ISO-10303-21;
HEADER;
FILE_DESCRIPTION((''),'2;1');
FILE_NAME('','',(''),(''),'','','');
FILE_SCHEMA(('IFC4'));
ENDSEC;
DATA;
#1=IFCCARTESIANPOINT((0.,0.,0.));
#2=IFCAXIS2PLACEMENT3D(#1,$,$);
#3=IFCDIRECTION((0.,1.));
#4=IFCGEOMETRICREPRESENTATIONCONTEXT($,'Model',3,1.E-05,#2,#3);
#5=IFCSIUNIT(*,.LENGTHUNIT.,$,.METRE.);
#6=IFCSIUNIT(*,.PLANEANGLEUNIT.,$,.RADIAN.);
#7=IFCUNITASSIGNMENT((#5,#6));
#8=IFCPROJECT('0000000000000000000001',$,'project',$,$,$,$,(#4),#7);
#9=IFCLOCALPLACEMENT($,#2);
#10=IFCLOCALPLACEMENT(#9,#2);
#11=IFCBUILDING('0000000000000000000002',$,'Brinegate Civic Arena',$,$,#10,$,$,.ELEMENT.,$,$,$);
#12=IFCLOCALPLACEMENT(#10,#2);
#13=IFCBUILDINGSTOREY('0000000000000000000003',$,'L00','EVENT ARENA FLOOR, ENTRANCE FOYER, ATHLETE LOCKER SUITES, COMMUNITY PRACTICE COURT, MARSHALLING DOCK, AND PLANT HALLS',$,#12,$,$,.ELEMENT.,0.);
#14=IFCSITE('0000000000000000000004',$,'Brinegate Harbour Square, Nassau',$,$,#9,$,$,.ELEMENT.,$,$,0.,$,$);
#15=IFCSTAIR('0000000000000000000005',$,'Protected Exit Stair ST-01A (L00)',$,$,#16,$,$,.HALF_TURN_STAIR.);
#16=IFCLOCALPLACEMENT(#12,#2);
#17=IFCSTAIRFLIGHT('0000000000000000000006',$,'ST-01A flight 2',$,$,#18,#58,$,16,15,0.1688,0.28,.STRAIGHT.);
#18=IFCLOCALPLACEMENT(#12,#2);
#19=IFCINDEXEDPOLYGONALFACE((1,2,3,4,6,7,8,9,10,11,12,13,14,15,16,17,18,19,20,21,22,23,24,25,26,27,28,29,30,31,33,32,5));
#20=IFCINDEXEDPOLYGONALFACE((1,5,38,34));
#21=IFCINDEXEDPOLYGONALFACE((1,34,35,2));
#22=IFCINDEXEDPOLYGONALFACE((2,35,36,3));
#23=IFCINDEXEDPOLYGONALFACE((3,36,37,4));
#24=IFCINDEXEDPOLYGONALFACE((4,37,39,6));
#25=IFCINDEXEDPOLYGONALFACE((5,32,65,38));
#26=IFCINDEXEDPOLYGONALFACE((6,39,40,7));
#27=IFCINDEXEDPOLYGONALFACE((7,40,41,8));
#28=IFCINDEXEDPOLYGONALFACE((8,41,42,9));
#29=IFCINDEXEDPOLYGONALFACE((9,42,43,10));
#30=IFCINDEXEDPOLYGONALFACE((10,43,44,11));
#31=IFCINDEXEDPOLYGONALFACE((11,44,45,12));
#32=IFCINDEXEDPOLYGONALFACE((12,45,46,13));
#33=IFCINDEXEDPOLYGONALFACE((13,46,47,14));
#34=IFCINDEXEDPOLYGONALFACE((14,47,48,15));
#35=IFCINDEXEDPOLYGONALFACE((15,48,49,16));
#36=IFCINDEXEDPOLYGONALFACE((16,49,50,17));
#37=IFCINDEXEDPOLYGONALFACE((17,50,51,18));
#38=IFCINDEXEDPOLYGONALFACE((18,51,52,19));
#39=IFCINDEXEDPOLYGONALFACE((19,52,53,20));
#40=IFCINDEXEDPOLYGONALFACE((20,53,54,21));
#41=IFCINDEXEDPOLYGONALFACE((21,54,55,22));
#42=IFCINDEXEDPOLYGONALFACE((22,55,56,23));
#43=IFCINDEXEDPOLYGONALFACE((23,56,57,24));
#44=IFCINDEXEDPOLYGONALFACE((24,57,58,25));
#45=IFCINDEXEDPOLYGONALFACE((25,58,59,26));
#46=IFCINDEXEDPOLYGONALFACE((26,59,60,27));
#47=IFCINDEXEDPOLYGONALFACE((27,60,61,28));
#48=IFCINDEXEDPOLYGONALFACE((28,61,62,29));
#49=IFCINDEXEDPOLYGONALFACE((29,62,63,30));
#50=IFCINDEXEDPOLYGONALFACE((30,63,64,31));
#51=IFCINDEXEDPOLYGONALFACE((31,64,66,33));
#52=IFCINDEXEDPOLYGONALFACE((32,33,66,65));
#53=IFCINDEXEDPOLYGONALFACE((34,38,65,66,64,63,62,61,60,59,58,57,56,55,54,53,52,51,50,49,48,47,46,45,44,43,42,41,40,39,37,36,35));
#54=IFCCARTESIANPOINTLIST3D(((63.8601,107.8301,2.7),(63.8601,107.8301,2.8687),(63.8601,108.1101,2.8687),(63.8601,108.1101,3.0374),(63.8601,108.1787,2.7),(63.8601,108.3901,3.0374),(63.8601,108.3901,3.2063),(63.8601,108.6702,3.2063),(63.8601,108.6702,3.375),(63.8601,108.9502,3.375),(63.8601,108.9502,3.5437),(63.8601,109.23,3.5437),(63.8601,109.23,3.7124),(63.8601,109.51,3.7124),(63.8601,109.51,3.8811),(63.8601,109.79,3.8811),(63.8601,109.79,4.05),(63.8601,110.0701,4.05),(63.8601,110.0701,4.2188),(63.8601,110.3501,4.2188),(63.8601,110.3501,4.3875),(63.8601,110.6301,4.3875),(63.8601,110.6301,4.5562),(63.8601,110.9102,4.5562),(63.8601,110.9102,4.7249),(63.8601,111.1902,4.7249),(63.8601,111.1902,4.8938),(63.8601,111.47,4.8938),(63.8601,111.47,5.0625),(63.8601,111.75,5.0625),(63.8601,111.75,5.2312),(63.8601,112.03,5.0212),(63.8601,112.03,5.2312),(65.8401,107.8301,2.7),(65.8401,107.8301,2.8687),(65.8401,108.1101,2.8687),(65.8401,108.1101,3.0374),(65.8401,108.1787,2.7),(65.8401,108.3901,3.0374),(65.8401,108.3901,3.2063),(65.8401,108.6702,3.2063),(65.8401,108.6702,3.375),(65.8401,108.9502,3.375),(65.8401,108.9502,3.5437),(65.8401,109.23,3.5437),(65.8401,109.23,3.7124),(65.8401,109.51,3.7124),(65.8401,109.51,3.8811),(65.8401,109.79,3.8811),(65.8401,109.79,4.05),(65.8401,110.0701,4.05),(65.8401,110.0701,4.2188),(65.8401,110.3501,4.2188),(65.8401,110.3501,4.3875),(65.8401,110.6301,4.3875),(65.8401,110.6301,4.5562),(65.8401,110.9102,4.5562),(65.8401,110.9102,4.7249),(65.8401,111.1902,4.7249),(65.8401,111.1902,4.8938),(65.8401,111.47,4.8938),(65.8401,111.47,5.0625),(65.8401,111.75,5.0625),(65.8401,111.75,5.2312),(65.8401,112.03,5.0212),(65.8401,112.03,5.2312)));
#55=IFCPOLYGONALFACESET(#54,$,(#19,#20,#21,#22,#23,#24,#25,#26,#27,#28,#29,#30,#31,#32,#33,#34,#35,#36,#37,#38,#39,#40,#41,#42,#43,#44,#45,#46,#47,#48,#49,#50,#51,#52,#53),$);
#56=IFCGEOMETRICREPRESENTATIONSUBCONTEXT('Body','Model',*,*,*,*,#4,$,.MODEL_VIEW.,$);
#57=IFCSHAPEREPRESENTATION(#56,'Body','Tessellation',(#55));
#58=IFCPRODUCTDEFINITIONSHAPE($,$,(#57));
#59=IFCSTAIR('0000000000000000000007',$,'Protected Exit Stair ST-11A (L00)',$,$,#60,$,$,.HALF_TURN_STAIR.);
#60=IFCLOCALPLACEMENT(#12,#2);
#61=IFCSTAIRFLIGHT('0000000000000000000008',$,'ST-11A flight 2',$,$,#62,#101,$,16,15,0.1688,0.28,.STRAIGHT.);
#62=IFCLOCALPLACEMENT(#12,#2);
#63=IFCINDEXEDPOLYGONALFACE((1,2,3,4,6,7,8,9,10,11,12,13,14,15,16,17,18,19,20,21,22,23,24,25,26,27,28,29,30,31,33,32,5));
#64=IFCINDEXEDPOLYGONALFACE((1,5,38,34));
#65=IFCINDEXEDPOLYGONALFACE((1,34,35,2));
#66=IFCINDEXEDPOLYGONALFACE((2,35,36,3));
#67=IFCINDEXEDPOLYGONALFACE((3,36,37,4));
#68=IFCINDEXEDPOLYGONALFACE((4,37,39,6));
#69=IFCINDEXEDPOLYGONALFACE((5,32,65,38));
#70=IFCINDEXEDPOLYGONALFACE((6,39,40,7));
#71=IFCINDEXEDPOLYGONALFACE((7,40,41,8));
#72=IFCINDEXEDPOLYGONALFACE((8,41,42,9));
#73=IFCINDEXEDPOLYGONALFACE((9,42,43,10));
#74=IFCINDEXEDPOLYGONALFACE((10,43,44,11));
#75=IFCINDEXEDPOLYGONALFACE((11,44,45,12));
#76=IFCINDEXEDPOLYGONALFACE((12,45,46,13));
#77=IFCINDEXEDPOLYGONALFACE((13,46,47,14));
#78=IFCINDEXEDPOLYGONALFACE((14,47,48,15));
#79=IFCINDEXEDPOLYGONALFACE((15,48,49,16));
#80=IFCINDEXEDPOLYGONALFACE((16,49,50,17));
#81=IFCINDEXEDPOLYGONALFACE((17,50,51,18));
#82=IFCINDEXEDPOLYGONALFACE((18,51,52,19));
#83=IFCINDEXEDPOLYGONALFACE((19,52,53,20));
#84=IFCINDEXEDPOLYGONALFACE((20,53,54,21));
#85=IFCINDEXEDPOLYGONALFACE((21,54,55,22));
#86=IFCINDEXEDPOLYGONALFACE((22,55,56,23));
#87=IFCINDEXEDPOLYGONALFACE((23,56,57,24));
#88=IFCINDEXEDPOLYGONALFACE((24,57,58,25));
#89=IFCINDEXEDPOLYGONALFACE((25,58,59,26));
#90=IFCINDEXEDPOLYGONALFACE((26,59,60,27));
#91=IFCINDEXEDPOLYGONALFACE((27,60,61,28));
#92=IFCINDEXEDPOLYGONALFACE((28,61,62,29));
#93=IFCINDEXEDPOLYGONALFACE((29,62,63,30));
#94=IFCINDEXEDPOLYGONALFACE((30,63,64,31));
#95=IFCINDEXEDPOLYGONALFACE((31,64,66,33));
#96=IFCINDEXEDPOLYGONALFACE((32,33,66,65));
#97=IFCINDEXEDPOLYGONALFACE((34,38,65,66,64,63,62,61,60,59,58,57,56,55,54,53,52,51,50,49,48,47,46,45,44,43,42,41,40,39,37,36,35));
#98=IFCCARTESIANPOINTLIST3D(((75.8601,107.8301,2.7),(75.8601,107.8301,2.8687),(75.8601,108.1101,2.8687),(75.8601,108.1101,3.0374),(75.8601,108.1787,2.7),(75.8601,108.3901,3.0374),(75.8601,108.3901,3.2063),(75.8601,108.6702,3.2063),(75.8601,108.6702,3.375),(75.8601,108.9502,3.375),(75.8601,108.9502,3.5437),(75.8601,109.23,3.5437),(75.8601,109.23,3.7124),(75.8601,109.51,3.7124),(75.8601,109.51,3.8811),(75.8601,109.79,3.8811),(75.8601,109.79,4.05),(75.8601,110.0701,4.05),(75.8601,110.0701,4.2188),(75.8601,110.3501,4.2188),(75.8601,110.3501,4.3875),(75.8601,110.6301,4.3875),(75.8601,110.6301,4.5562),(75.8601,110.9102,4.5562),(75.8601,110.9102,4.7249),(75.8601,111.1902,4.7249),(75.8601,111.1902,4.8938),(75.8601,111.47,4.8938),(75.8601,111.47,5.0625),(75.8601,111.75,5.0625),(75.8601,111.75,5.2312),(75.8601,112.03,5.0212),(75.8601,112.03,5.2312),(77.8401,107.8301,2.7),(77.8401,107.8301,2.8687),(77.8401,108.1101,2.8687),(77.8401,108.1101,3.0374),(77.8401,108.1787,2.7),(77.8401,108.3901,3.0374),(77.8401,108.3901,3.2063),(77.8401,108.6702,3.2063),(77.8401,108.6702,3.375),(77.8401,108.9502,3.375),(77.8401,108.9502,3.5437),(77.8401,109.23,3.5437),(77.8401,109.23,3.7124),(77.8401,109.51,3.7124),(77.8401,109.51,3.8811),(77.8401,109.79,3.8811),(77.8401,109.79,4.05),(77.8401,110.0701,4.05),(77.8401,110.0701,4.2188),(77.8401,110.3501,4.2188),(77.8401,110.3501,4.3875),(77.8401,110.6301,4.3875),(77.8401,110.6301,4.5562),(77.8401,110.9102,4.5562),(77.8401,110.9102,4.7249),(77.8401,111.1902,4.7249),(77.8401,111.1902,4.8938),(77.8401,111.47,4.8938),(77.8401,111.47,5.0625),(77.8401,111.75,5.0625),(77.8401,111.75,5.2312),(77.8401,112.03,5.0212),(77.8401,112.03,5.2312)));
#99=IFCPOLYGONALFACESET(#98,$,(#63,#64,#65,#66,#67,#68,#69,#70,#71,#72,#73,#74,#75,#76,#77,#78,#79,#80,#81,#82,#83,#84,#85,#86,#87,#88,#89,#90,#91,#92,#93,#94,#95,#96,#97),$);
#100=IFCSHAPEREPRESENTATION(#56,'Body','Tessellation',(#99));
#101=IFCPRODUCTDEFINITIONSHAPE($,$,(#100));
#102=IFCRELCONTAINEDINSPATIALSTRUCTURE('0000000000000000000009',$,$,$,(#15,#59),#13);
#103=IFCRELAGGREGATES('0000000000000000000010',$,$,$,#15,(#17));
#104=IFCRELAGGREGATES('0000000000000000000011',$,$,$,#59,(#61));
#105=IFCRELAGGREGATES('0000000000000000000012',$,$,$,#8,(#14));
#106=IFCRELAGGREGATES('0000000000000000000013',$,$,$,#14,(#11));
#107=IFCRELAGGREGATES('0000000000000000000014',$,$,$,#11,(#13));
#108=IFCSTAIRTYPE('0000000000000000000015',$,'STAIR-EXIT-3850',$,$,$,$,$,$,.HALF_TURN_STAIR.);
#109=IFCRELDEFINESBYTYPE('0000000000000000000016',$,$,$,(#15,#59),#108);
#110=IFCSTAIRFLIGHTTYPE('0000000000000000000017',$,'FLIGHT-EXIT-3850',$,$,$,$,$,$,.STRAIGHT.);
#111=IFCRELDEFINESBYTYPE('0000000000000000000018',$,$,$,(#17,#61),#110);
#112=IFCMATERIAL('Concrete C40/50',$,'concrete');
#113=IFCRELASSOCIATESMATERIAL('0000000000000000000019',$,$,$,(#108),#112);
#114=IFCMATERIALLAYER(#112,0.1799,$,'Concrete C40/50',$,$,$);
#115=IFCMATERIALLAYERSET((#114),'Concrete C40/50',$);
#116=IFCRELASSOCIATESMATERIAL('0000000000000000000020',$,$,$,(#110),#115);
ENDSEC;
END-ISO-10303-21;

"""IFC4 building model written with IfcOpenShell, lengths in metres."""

from ifc_helpers import new_model, si_unit, direction, frame, origin, place, context, subcontext, project, spatial, polyline, outline, extrude, material, layer, layer_set, type_object, element, aggregate, save


model = new_model("IFC4")

# Units and contexts
model_context = context("Model", 3, precision=1e-05, world=origin(), true_north=direction((0.0, 1.0)))
body_context = subcontext(model_context, "Body", "Model", "MODEL_VIEW")
ifc_project = project(units=[si_unit("LENGTHUNIT", "METRE"), si_unit("PLANEANGLEUNIT", "RADIAN")], contexts=[model_context])

# Site, building, storey
site_placement = place(None, origin())
site = spatial("IfcSite", under=ifc_project, at=site_placement, Name="Brinegate Harbour Square, Nassau", CompositionType="ELEMENT", RefElevation=0.0)
building_placement = place(site_placement, origin())
building = spatial("IfcBuilding", under=site, at=building_placement, Name="Brinegate Civic Arena", CompositionType="ELEMENT")
storey_placement = place(building_placement, origin())
storey = spatial("IfcBuildingStorey", under=building, at=storey_placement, Name="L00", Description="EVENT ARENA FLOOR, ENTRANCE FOYER, ATHLETE LOCKER SUITES, COMMUNITY PRACTICE COURT, MARSHALLING DOCK, AND PLANT HALLS", CompositionType="ELEMENT", Elevation=0.0)

# Shared definitions
ifc_material_1 = material(Name="Concrete C40/50", Category="concrete")

# Stairs, stair flights
stair_type_1 = type_object("IfcStairType", Name="STAIR-EXIT-3850", PredefinedType="HALF_TURN_STAIR", material=ifc_material_1)
stair_1_placement = place(storey_placement, origin())
stair_1 = element("IfcStair", 1, at=stair_1_placement, inside=storey, type_object=stair_type_1, Name="Protected Exit Stair ST-01A (L00)", PredefinedType="HALF_TURN_STAIR")
ifc_layer_1 = layer(ifc_material_1, 0.1799, Name="Concrete C40/50")
ifc_layer_set_1 = layer_set([ifc_layer_1], Name="Concrete C40/50")
stair_flight_type_1 = type_object("IfcStairFlightType", Name="FLIGHT-EXIT-3850", PredefinedType="STRAIGHT", material=ifc_layer_set_1)
stair_flight_1_placement = place(storey_placement, frame((64.8501, 107.8301, 2.7), z_axis=(0.0, 0.0, 1.0), x_axis=(0.0, 1.0, 0.0)))
stair_flight_1 = element("IfcStairFlight", 2, at=stair_flight_1_placement, type_object=stair_flight_type_1, Name="ST-01A flight 2", NumberOfRisers=16, NumberOfTreads=15, PredefinedType="STRAIGHT", RiserHeight=0.1688, TreadLength=0.28, context=body_context, shape_type="SweptSolid", body=[
    extrude(outline(polyline([(0.0, 0.0), (0.0, 0.1687), (0.28, 0.1687), (0.28, 0.3374), (0.5601, 0.3374), (0.5601, 0.5063), (0.8401, 0.5063), (0.8401, 0.675), (1.1201, 0.675), (1.1201, 0.8438), (1.3999, 0.8438), (1.3999, 1.0125), (1.6799, 1.0125), (1.6799, 1.1812), (1.96, 1.1812), (1.96, 1.3501), (2.24, 1.3501), (2.24, 1.5188), (2.52, 1.5188), (2.52, 1.6875), (2.8, 1.6875), (2.8, 1.8562), (3.0801, 1.8562), (3.0801, 2.0249), (3.3601, 2.0249), (3.3601, 2.1938), (3.6399, 2.1938), (3.6399, 2.3625), (3.9199, 2.3625), (3.9199, 2.5312), (4.2, 2.5312), (4.2, 2.7), (4.2, 2.3213), (0.3486, 0.0), (0.0, 0.0)])), frame((0.0, 0.99, 0.0), z_axis=(0.0, -1.0, 0.0), x_axis=(1.0, 0.0, 0.0)), (0.0, 0.0, 1.0), 1.98),
])
aggregate(stair_1, [stair_flight_1])
stair_2_placement = place(storey_placement, origin())
stair_2 = element("IfcStair", 3, at=stair_2_placement, inside=storey, type_object=stair_type_1, Name="Protected Exit Stair ST-11A (L00)", PredefinedType="HALF_TURN_STAIR")
stair_flight_2_placement = place(storey_placement, frame((76.8501, 107.8301, 2.7), z_axis=(0.0, 0.0, 1.0), x_axis=(0.0, 1.0, 0.0)))
stair_flight_2 = element("IfcStairFlight", 4, at=stair_flight_2_placement, type_object=stair_flight_type_1, Name="ST-11A flight 2", NumberOfRisers=16, NumberOfTreads=15, PredefinedType="STRAIGHT", RiserHeight=0.1688, TreadLength=0.28, context=body_context, shape_type="SweptSolid", body=[
    extrude(outline(polyline([(0.0, 0.0), (0.0, 0.1687), (0.28, 0.1687), (0.28, 0.3374), (0.5601, 0.3374), (0.5601, 0.5063), (0.8401, 0.5063), (0.8401, 0.675), (1.1201, 0.675), (1.1201, 0.8438), (1.3999, 0.8438), (1.3999, 1.0125), (1.6799, 1.0125), (1.6799, 1.1812), (1.96, 1.1812), (1.96, 1.3501), (2.24, 1.3501), (2.24, 1.5188), (2.52, 1.5188), (2.52, 1.6875), (2.8, 1.6875), (2.8, 1.8562), (3.0801, 1.8562), (3.0801, 2.0249), (3.3601, 2.0249), (3.3601, 2.1938), (3.6399, 2.1938), (3.6399, 2.3625), (3.9199, 2.3625), (3.9199, 2.5312), (4.2, 2.5312), (4.2, 2.7), (4.2, 2.3213), (0.3486, 0.0), (0.0, 0.0)])), frame((0.0, 0.99, 0.0), z_axis=(0.0, -1.0, 0.0), x_axis=(1.0, 0.0, 0.0)), (0.0, 0.0, 1.0), 1.98),
])
aggregate(stair_2, [stair_flight_2])

save(model, "model.ifc")
